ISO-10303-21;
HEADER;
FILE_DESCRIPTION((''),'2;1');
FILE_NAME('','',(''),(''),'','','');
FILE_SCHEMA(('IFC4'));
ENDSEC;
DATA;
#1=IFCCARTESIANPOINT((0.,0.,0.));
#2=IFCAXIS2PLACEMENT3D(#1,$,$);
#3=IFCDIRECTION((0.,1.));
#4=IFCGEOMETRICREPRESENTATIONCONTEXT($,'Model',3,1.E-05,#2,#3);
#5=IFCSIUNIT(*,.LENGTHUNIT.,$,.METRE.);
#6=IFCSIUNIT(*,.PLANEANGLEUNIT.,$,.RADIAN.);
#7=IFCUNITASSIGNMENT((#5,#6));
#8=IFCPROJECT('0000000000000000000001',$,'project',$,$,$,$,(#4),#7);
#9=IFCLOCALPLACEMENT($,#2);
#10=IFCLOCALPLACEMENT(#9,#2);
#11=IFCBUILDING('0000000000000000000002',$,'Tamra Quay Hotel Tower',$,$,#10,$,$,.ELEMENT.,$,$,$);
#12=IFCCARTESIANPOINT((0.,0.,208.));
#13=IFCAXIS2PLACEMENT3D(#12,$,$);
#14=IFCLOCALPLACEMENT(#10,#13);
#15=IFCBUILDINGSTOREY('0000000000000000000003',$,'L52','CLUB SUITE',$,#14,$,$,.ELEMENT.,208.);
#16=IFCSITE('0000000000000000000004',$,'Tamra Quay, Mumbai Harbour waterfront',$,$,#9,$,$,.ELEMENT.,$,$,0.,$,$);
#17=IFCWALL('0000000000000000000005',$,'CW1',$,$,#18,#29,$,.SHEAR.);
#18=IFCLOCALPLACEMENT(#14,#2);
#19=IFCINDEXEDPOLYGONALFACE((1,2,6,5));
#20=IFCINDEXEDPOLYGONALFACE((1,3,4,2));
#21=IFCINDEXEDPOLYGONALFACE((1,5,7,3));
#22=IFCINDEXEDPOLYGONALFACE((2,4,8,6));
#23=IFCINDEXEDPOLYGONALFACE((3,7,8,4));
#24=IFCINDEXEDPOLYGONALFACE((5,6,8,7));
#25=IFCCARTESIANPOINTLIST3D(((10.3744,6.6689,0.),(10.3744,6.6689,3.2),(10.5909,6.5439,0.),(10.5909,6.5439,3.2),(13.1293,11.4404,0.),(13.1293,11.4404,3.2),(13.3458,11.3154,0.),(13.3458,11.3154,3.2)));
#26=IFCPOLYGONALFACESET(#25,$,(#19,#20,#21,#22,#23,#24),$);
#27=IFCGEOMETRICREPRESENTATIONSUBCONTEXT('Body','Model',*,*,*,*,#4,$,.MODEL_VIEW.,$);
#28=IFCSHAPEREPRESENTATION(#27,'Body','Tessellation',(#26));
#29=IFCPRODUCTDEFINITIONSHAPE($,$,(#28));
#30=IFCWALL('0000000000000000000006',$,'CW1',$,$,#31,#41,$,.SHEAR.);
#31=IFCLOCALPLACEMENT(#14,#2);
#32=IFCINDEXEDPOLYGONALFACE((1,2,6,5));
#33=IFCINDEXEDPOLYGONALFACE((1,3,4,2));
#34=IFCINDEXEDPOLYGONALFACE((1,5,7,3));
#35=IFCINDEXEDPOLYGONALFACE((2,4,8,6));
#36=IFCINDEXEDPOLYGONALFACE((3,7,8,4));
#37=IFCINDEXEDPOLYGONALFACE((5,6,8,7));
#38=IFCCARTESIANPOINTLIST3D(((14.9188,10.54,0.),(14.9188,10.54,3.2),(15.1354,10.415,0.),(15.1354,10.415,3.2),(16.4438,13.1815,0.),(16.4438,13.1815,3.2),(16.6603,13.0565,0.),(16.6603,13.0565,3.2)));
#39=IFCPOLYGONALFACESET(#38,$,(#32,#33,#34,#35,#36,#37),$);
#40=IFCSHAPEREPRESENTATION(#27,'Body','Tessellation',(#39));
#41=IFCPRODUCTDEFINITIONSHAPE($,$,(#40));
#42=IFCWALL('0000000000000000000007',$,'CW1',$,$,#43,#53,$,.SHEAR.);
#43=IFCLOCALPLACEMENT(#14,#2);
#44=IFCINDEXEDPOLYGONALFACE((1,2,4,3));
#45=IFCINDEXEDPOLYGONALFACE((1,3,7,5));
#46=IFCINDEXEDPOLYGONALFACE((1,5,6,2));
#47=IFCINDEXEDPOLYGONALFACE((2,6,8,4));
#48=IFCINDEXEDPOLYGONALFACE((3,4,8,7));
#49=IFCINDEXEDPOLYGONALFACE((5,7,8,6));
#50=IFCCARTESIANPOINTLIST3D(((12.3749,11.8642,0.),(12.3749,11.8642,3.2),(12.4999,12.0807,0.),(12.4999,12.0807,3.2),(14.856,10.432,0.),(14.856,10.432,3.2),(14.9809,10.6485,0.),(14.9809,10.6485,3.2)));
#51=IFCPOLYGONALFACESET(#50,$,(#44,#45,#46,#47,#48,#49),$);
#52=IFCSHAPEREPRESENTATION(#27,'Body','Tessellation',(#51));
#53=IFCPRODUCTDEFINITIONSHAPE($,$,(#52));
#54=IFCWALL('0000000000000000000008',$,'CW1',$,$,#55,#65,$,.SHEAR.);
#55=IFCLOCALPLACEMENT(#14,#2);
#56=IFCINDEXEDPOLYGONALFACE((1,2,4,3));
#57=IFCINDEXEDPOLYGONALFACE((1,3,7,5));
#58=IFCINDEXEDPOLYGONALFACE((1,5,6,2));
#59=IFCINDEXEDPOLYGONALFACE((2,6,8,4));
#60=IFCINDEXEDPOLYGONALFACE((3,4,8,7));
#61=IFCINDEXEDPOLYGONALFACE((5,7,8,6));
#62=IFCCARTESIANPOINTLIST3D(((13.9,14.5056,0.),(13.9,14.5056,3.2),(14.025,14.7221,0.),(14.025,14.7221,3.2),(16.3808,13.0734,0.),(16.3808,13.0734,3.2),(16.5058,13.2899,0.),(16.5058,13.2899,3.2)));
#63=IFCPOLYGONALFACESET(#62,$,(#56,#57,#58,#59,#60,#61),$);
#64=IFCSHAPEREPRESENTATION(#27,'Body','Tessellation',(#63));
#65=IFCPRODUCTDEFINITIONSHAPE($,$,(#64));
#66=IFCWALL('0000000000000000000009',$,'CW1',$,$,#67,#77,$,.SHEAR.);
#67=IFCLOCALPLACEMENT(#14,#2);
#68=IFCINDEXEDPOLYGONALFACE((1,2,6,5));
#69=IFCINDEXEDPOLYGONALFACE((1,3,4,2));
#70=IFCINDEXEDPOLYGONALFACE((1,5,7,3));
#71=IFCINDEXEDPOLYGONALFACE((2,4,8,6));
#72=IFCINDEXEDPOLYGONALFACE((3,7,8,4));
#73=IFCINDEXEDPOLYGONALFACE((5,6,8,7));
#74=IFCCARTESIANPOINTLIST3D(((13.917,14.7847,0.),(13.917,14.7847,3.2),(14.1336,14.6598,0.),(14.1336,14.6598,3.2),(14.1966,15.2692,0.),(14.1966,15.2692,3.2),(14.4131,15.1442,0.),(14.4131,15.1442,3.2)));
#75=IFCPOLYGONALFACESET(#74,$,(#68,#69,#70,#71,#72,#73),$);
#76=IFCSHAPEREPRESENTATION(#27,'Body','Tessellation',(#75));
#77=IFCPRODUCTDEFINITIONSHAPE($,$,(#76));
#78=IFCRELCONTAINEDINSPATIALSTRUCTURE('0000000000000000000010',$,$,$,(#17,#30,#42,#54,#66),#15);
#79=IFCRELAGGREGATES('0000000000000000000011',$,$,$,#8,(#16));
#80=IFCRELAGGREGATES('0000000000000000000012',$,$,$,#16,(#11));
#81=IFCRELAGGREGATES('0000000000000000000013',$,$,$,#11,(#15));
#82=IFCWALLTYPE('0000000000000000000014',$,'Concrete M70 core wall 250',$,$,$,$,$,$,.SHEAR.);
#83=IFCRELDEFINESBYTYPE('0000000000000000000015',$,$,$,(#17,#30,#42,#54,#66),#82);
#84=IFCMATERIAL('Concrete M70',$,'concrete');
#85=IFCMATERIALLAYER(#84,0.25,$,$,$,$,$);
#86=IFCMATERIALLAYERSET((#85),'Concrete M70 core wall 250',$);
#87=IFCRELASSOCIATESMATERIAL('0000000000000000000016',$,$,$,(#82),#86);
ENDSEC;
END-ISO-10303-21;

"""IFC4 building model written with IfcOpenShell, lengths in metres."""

from ifc_helpers import new_model, si_unit, direction, frame, frame_2d, origin, place, context, subcontext, project, spatial, rectangle, extrude, material, layer, layer_set, type_object, element, save


model = new_model("IFC4")

# Units and contexts
model_context = context("Model", 3, precision=1e-05, world=origin(), true_north=direction((0.0, 1.0)))
body_context = subcontext(model_context, "Body", "Model", "MODEL_VIEW")
ifc_project = project(units=[si_unit("LENGTHUNIT", "METRE"), si_unit("PLANEANGLEUNIT", "RADIAN")], contexts=[model_context])

# Site, building, storey
site_placement = place(None, origin())
site = spatial("IfcSite", under=ifc_project, at=site_placement, Name="Tamra Quay, Mumbai Harbour waterfront", CompositionType="ELEMENT", RefElevation=0.0)
building_placement = place(site_placement, origin())
building = spatial("IfcBuilding", under=site, at=building_placement, Name="Tamra Quay Hotel Tower", CompositionType="ELEMENT")
storey_placement = place(building_placement, frame((0.0, 0.0, 208.0)))
storey = spatial("IfcBuildingStorey", under=building, at=storey_placement, Name="L52", Description="CLUB SUITE", CompositionType="ELEMENT", Elevation=208.0)

# Shared definitions
ifc_material_1 = material(Name="Concrete M70", Category="concrete")

# Walls
ifc_layer_1 = layer(ifc_material_1, 0.25)
ifc_layer_set_1 = layer_set([ifc_layer_1], Name="Concrete M70 core wall 250")
wall_type_1 = type_object("IfcWallType", Name="Concrete M70 core wall 250", PredefinedType="SHEAR", material=ifc_layer_set_1)
wall_1_placement = place(storey_placement, frame((13.2375, 11.3779, 0.0), z_axis=(0.0, 0.0, 1.0), x_axis=(-0.500009, -0.86602, 0.0)))
element("IfcWall", 1, at=wall_1_placement, inside=storey, type_object=wall_type_1, Name="CW1", PredefinedType="SHEAR", context=body_context, shape_type="SweptSolid", body=[
    extrude(rectangle(XDim=5.5098, YDim=0.25, at=frame_2d((2.7549, 0.0))), origin(), (0.0, 0.0, 1.0), 3.2),
])
wall_2_placement = place(storey_placement, frame((16.552, 13.1189, 0.0), z_axis=(0.0, 0.0, 1.0), x_axis=(-0.499979, -0.866038, 0.0)))
element("IfcWall", 2, at=wall_2_placement, inside=storey, type_object=wall_type_1, Name="CW1", PredefinedType="SHEAR", context=body_context, shape_type="SweptSolid", body=[
    extrude(rectangle(XDim=3.05, YDim=0.25, at=frame_2d((1.5249, 0.0))), origin(), (0.0, 0.0, 1.0), 3.2),
])
wall_3_placement = place(storey_placement, frame((14.9185, 10.5403, 0.0), z_axis=(0.0, 0.0, 1.0), x_axis=(-0.866064, 0.499934, 0.0)))
element("IfcWall", 3, at=wall_3_placement, inside=storey, type_object=wall_type_1, Name="CW1", PredefinedType="SHEAR", context=body_context, shape_type="SweptSolid", body=[
    extrude(rectangle(XDim=2.8647, YDim=0.25, at=frame_2d((1.4324, 0.0))), origin(), (0.0, 0.0, 1.0), 3.2),
])
wall_4_placement = place(storey_placement, frame((13.9626, 14.6138, 0.0), z_axis=(0.0, 0.0, 1.0), x_axis=(0.866042, -0.499971, 0.0)))
element("IfcWall", 4, at=wall_4_placement, inside=storey, type_object=wall_type_1, Name="CW1", PredefinedType="SHEAR", context=body_context, shape_type="SweptSolid", body=[
    extrude(rectangle(XDim=2.8645, YDim=0.25, at=frame_2d((1.4321, 0.0))), origin(), (0.0, 0.0, 1.0), 3.2),
])
wall_5_placement = place(storey_placement, frame((14.3049, 15.2068, 0.0), z_axis=(0.0, 0.0, 1.0), x_axis=(-0.499848, -0.866113, 0.0)))
element("IfcWall", 5, at=wall_5_placement, inside=storey, type_object=wall_type_1, Name="CW1", PredefinedType="SHEAR", context=body_context, shape_type="SweptSolid", body=[
    extrude(rectangle(XDim=0.5593, YDim=0.25, at=frame_2d((0.2798, 0.0))), origin(), (0.0, 0.0, 1.0), 3.2),
])

save(model, "model.ifc")
